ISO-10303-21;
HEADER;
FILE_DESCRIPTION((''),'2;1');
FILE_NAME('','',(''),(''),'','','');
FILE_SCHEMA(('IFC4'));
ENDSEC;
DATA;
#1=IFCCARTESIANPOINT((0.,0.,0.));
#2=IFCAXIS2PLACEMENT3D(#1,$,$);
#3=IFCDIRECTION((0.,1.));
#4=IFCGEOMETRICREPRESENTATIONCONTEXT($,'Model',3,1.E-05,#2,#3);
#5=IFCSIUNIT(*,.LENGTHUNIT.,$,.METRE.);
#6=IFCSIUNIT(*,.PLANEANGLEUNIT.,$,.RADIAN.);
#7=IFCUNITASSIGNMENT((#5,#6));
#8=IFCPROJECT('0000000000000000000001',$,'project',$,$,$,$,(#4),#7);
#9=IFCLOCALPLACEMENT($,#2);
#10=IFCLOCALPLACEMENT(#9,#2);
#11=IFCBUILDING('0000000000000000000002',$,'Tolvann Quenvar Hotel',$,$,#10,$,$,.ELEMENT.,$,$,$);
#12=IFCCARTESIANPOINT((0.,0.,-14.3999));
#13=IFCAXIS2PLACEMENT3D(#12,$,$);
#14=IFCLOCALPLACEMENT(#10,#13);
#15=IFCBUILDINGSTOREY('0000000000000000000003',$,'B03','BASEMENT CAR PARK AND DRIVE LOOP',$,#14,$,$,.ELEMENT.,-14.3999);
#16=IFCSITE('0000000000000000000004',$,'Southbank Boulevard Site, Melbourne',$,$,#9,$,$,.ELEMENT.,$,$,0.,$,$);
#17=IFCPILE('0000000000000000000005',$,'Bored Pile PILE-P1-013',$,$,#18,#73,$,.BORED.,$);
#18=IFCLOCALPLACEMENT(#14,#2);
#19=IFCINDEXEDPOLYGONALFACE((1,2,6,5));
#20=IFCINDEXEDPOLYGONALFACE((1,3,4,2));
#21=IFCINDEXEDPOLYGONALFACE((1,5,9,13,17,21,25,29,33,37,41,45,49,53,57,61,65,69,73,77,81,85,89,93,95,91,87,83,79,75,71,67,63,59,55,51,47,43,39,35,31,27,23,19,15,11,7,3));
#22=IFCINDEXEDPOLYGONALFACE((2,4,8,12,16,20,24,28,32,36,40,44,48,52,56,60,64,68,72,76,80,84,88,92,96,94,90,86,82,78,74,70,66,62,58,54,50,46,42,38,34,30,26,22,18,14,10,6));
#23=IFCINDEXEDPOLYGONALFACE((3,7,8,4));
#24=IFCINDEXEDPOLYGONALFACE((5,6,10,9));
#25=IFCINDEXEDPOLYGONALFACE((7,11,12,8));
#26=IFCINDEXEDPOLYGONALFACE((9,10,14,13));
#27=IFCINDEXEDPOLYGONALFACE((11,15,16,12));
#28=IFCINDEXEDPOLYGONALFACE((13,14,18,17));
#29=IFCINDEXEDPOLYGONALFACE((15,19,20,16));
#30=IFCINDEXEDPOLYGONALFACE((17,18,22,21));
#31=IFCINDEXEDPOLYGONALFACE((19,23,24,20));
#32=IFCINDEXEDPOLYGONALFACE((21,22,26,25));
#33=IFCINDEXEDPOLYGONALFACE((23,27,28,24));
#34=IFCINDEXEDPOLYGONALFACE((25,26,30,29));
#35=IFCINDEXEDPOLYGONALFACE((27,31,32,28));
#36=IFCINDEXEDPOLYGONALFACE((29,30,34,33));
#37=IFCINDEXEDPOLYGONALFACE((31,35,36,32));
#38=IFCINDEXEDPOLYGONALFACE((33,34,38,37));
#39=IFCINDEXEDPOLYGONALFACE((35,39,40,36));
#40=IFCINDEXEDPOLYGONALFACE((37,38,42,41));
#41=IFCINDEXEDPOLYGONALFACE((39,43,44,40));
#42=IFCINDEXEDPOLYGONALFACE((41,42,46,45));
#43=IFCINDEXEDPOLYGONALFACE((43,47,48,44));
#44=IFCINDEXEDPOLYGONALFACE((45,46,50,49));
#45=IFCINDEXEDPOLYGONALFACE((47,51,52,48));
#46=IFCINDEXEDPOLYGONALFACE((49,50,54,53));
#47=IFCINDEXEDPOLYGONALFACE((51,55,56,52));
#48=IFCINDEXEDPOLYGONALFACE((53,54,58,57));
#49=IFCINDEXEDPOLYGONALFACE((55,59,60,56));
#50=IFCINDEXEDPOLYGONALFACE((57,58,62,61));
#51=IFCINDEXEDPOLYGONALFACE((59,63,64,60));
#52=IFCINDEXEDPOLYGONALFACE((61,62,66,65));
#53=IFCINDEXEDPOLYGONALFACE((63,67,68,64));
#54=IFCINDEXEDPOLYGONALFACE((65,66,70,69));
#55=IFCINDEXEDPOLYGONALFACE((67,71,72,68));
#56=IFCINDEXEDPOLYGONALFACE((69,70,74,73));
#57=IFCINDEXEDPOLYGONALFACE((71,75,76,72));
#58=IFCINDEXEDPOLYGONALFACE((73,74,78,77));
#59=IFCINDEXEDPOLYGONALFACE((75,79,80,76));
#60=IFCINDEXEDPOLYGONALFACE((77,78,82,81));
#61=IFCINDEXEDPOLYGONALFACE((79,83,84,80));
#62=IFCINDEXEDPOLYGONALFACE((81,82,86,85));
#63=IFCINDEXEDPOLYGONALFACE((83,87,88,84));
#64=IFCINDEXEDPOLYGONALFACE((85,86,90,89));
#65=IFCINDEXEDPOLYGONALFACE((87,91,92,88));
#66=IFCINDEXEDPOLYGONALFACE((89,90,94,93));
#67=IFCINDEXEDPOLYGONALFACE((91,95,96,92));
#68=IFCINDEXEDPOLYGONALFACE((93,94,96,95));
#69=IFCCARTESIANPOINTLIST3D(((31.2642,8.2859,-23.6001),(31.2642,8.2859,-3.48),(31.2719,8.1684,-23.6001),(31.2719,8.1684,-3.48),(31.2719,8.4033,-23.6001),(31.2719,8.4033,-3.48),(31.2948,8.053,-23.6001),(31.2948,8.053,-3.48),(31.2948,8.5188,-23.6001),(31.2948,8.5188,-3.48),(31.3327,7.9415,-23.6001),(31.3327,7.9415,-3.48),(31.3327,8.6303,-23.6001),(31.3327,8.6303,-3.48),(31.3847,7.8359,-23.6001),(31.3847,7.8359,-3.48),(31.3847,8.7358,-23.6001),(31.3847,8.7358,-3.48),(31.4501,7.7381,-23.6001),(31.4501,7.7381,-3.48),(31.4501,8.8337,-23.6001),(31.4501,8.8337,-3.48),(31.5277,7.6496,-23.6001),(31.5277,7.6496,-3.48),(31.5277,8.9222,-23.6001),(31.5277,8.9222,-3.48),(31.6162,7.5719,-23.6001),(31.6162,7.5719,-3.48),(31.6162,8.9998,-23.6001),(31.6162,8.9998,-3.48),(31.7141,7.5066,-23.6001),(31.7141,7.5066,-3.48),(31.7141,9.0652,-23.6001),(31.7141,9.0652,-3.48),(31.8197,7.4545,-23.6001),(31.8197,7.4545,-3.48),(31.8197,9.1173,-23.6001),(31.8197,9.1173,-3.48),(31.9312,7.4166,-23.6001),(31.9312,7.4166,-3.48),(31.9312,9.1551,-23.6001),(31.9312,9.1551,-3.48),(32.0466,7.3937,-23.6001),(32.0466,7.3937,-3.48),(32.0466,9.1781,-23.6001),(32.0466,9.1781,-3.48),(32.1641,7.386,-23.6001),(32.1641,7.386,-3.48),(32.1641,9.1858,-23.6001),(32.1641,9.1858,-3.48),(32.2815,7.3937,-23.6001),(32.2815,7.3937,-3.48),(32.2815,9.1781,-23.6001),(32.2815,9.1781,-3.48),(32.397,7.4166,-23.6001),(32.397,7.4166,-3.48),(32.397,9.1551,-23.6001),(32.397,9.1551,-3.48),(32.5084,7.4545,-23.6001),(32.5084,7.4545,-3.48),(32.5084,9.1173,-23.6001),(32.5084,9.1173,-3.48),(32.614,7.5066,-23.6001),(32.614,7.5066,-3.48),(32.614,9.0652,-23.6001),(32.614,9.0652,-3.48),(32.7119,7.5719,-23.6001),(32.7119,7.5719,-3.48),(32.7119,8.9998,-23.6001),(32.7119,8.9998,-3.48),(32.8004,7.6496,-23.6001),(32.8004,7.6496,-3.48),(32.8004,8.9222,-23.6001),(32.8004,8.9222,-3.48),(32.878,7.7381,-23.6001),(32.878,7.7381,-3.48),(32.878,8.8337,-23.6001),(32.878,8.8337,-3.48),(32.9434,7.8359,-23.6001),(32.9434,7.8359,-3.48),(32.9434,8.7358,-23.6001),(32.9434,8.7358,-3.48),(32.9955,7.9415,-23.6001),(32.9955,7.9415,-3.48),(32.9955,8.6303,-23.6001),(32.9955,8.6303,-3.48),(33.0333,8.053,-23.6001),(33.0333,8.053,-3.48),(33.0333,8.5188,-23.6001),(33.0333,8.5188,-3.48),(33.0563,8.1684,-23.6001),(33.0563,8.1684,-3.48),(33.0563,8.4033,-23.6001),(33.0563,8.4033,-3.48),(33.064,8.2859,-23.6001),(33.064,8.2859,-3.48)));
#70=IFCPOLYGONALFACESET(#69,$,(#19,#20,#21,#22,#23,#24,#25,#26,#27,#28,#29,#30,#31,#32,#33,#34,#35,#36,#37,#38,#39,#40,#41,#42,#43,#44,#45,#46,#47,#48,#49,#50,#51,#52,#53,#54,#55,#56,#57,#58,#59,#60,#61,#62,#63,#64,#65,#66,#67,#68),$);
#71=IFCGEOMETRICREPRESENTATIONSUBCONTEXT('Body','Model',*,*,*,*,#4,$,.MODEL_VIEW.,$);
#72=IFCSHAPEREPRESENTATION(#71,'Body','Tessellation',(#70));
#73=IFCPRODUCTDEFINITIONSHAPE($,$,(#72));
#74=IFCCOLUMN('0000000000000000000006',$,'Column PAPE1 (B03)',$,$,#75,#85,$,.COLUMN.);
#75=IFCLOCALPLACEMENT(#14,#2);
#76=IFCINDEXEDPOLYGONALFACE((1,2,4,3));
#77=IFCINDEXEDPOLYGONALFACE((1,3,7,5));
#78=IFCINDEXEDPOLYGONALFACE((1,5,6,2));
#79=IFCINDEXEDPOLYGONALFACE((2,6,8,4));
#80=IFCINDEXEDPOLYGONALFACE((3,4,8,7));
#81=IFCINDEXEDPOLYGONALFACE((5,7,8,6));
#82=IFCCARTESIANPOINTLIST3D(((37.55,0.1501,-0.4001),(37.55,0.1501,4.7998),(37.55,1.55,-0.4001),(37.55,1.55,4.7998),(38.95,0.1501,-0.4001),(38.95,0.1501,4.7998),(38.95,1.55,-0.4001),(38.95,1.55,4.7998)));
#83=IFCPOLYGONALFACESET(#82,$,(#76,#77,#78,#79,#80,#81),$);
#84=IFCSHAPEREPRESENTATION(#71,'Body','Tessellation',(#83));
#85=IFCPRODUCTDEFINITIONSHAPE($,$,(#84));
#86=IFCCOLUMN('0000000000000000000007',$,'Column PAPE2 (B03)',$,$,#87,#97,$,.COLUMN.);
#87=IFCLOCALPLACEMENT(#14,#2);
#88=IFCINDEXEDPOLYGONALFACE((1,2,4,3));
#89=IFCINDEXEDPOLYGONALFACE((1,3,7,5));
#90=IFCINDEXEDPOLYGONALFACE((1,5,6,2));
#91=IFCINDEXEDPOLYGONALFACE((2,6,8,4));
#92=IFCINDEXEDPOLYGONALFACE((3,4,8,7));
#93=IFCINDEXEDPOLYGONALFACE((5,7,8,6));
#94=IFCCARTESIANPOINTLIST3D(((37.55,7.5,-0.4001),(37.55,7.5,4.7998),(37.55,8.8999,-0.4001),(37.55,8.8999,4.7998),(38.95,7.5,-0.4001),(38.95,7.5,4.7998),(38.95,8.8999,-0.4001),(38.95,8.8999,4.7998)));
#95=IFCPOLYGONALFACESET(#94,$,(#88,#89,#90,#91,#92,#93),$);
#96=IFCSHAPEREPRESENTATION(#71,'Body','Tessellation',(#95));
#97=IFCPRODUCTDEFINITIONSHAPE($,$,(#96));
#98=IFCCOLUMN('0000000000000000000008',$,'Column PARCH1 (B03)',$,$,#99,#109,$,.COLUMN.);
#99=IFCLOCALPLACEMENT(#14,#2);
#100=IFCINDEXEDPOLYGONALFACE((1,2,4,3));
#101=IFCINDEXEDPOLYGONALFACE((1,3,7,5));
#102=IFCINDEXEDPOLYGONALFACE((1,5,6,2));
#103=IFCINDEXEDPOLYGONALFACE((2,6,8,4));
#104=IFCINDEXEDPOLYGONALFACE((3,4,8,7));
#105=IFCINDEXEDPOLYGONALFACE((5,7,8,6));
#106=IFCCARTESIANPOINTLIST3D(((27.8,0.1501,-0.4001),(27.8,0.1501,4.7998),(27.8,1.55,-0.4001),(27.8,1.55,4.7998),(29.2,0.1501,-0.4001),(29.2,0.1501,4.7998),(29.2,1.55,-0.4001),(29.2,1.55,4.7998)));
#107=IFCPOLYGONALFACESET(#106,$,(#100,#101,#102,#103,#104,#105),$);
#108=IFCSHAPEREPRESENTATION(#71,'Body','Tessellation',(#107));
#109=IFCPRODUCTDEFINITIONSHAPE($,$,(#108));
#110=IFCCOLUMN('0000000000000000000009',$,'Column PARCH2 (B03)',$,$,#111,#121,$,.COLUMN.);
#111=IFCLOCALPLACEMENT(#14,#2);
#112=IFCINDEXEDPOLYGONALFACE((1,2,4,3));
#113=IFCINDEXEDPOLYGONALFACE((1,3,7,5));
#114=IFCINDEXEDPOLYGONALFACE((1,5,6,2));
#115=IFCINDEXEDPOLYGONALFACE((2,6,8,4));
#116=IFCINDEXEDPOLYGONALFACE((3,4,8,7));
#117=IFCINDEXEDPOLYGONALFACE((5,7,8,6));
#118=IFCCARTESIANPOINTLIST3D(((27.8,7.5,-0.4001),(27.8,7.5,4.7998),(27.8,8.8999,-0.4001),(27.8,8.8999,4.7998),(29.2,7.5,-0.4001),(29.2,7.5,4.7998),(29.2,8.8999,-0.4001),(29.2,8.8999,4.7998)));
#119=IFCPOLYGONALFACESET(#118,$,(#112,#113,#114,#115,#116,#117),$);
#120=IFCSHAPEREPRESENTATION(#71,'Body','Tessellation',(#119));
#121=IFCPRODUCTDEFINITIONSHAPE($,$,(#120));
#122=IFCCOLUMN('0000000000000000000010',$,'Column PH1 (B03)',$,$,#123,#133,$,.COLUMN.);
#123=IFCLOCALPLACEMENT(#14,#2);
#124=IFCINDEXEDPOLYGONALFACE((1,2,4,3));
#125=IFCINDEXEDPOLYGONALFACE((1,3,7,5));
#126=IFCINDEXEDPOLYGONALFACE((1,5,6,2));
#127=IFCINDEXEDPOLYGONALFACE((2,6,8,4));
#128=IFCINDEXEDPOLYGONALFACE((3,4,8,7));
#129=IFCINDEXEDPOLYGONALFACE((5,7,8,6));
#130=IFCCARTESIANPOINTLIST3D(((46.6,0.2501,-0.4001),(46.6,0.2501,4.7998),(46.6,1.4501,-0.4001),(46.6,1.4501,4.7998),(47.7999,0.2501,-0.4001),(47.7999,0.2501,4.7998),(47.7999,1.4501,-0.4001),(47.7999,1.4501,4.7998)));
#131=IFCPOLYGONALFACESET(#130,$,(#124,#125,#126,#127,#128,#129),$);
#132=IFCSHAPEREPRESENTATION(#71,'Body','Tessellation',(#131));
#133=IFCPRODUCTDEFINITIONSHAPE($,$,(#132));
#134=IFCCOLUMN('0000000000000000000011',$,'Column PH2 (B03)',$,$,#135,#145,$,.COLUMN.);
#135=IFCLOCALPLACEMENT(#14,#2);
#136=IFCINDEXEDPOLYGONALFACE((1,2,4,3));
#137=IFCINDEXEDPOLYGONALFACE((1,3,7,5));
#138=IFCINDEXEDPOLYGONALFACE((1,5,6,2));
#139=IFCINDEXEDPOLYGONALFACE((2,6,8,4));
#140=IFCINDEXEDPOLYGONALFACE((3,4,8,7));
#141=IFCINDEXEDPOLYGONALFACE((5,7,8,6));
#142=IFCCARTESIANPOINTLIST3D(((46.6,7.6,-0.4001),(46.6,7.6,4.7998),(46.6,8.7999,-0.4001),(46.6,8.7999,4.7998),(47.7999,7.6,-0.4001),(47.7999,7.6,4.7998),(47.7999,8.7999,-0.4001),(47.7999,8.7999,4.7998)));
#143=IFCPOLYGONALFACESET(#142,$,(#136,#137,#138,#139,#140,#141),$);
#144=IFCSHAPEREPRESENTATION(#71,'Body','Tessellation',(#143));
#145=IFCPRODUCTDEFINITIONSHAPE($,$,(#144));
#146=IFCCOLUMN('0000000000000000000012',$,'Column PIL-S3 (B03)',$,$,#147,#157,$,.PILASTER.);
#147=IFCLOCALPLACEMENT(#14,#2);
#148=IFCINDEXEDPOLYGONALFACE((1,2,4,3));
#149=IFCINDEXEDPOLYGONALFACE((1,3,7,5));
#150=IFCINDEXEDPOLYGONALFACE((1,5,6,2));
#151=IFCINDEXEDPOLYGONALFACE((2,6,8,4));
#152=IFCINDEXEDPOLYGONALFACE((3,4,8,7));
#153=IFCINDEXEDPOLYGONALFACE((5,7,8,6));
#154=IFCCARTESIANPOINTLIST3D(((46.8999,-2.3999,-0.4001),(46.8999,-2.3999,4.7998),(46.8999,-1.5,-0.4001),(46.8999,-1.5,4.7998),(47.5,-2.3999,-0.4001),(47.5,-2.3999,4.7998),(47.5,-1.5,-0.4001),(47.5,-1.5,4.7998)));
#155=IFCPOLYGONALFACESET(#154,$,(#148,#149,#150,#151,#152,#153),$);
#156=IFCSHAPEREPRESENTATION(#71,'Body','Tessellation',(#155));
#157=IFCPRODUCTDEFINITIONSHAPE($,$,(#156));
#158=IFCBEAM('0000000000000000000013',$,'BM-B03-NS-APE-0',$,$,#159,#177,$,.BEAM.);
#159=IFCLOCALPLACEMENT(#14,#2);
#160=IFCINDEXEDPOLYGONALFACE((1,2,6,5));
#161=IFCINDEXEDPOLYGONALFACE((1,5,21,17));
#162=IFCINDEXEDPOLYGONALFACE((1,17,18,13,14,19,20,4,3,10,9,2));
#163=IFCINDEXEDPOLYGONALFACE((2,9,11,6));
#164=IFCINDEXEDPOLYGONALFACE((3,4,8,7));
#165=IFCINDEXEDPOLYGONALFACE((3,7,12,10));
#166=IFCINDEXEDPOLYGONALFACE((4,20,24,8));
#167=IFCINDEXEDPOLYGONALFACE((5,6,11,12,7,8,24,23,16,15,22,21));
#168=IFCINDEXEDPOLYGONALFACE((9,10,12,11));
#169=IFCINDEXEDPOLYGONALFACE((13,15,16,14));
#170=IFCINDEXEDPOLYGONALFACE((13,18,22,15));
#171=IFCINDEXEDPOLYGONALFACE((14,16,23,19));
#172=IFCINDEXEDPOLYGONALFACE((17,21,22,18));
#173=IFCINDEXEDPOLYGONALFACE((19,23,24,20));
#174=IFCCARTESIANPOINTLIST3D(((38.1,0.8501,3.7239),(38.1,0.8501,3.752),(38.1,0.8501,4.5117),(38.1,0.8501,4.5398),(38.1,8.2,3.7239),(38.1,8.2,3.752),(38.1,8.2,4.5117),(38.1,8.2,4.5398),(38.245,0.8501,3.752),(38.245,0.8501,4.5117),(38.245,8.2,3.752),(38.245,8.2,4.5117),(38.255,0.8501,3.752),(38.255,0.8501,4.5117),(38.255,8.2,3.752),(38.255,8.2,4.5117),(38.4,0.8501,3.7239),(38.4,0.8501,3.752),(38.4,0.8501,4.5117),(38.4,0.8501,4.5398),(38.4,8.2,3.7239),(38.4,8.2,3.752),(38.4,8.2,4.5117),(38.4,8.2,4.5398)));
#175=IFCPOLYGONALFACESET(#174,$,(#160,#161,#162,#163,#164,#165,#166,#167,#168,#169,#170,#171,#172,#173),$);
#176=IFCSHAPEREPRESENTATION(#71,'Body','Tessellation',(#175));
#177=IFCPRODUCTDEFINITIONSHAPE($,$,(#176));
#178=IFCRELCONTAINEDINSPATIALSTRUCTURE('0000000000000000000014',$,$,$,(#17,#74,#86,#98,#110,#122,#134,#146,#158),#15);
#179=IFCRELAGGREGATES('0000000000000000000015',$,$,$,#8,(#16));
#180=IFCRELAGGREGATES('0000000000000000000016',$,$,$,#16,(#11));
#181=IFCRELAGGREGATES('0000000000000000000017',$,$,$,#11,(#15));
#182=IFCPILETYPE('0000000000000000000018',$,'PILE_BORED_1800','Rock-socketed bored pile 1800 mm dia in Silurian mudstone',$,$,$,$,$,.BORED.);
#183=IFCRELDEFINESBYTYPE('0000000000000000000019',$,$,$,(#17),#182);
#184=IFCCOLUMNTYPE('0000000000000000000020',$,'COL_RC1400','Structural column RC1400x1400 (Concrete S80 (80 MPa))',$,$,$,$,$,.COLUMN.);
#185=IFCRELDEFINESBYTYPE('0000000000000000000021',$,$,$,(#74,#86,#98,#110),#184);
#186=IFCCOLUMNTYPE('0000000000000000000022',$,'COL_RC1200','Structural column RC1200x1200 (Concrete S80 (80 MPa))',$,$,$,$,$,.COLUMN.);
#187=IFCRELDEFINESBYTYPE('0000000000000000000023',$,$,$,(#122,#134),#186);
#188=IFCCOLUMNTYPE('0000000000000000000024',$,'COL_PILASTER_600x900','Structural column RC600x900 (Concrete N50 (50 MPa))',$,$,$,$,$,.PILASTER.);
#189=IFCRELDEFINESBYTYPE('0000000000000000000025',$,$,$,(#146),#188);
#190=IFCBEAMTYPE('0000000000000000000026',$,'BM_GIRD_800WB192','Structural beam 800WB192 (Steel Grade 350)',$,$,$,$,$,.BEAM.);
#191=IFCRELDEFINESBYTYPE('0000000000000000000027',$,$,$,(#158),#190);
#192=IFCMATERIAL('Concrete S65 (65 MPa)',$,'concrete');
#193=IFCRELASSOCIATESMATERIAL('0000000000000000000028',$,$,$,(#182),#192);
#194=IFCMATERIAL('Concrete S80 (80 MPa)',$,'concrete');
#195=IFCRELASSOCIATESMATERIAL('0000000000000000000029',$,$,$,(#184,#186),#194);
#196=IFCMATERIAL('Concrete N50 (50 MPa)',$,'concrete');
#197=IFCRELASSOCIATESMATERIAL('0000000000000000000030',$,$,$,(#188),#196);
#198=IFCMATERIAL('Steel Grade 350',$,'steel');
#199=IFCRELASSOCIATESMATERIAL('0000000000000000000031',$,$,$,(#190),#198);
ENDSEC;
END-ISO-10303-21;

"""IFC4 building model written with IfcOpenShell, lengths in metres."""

from ifc_helpers import new_model, si_unit, direction, frame, origin, origin_2d, place, context, subcontext, project, spatial, rectangle, circle, i_section, extrude, source, transform, mapped, material, material_profile, profile_set, type_object, type_shapes, element, save


model = new_model("IFC4")

# Units and contexts
model_context = context("Model", 3, precision=1e-05, world=origin(), true_north=direction((0.0, 1.0)))
body_context = subcontext(model_context, "Body", "Model", "MODEL_VIEW")
ifc_project = project(units=[si_unit("LENGTHUNIT", "METRE"), si_unit("PLANEANGLEUNIT", "RADIAN")], contexts=[model_context])

# Site, building, storey
site_placement = place(None, origin())
site = spatial("IfcSite", under=ifc_project, at=site_placement, Name="Southbank Boulevard Site, Melbourne", CompositionType="ELEMENT", RefElevation=0.0)
building_placement = place(site_placement, origin())
building = spatial("IfcBuilding", under=site, at=building_placement, Name="Tolvann Quenvar Hotel", CompositionType="ELEMENT")
storey_placement = place(building_placement, frame((0.0, 0.0, -14.3999)))
storey = spatial("IfcBuildingStorey", under=building, at=storey_placement, Name="B03", Description="BASEMENT CAR PARK AND DRIVE LOOP", CompositionType="ELEMENT", Elevation=-14.3999)

# Pile
ifc_material_1 = material(Name="Concrete S65 (65 MPa)", Category="concrete")
ifc_material_profile_1 = material_profile(ifc_material_1, circle(Radius=0.8999, at=origin_2d()), Name="PILE1800")
ifc_profile_set_1 = profile_set([ifc_material_profile_1], Name="Concrete S65 (65 MPa)")
pile_type = type_object("IfcPileType", Name="PILE_BORED_1800", Description="Rock-socketed bored pile 1800 mm dia in Silurian mudstone", PredefinedType="BORED", material=ifc_profile_set_1)
for number, where, z_axis, x_axis, name in (
    (1, (32.1641, 8.2859, -3.48), (0.0, 0.0, -1.0), (1.0, 0.0, 0.0), "Bored Pile PILE-P1-013"),
):
    element("IfcPile", number, at=place(storey_placement, frame(where, z_axis=z_axis, x_axis=x_axis)), inside=storey, type_object=pile_type, Name=name, PredefinedType="BORED", context=body_context, shape_type="SweptSolid", body=[
        extrude(circle(Radius=0.8999, at=origin_2d()), origin(), (0.0, 0.0, 1.0), 20.1201),
    ])

# Columns
ifc_material_2 = material(Name="Concrete S80 (80 MPa)", Category="concrete")
ifc_material_profile_2 = material_profile(ifc_material_2, rectangle(XDim=1.3999, YDim=1.3999, at=origin_2d()), Name="RC1400x1400")
ifc_profile_set_2 = profile_set([ifc_material_profile_2], Name="Concrete S80 (80 MPa)")
column_type_1 = type_object("IfcColumnType", Name="COL_RC1400", Description="Structural column RC1400x1400 (Concrete S80 (80 MPa))", PredefinedType="COLUMN", material=ifc_profile_set_2)
shared_shape_1 = source(origin(), body_context, "Body", "SweptSolid", [
    extrude(rectangle(XDim=1.3999, YDim=1.3999, at=origin_2d()), origin(), (0.0, 0.0, 1.0), 5.2),
])
type_shapes(column_type_1, [shared_shape_1])
for number, where, z_axis, x_axis, name in (
    (2, (38.25, 0.8501, -0.4001), (0.0, 0.0, 1.0), (1.0, 0.0, 0.0), "Column PAPE1 (B03)"),
    (3, (38.25, 8.2, -0.4001), (0.0, 0.0, 1.0), (1.0, 0.0, 0.0), "Column PAPE2 (B03)"),
    (4, (28.5, 0.8501, -0.4001), (0.0, 0.0, 1.0), (1.0, 0.0, 0.0), "Column PARCH1 (B03)"),
    (5, (28.5, 8.2, -0.4001), (0.0, 0.0, 1.0), (1.0, 0.0, 0.0), "Column PARCH2 (B03)"),
):
    element("IfcColumn", number, at=place(storey_placement, frame(where, z_axis=z_axis, x_axis=x_axis)), inside=storey, type_object=column_type_1, Name=name, PredefinedType="COLUMN", context=body_context, shape_type="MappedRepresentation", body=[
        mapped(shared_shape_1, transform((0.0, 0.0, 0.0), x_axis=(1.0, 0.0, 0.0), y_axis=(0.0, 1.0, 0.0), z_axis=(0.0, 0.0, 1.0), scale=1.0)),
    ])
ifc_material_profile_3 = material_profile(ifc_material_2, rectangle(XDim=1.2, YDim=1.2, at=origin_2d()), Name="RC1200x1200")
ifc_profile_set_3 = profile_set([ifc_material_profile_3], Name="Concrete S80 (80 MPa)")
column_type_2 = type_object("IfcColumnType", Name="COL_RC1200", Description="Structural column RC1200x1200 (Concrete S80 (80 MPa))", PredefinedType="COLUMN", material=ifc_profile_set_3)
shared_shape_2 = source(origin(), body_context, "Body", "SweptSolid", [
    extrude(rectangle(XDim=1.2, YDim=1.2, at=origin_2d()), origin(), (0.0, 0.0, 1.0), 5.2),
])
type_shapes(column_type_2, [shared_shape_2])
for number, where, z_axis, x_axis, name in (
    (6, (47.2, 0.8501, -0.4001), (0.0, 0.0, 1.0), (1.0, 0.0, 0.0), "Column PH1 (B03)"),
    (7, (47.2, 8.2, -0.4001), (0.0, 0.0, 1.0), (1.0, 0.0, 0.0), "Column PH2 (B03)"),
):
    element("IfcColumn", number, at=place(storey_placement, frame(where, z_axis=z_axis, x_axis=x_axis)), inside=storey, type_object=column_type_2, Name=name, PredefinedType="COLUMN", context=body_context, shape_type="MappedRepresentation", body=[
        mapped(shared_shape_2, transform((0.0, 0.0, 0.0), x_axis=(1.0, 0.0, 0.0), y_axis=(0.0, 1.0, 0.0), z_axis=(0.0, 0.0, 1.0), scale=1.0)),
    ])
ifc_material_3 = material(Name="Concrete N50 (50 MPa)", Category="concrete")
ifc_material_profile_4 = material_profile(ifc_material_3, rectangle(XDim=0.6001, YDim=0.8999, at=origin_2d()), Name="RC600x900")
ifc_profile_set_4 = profile_set([ifc_material_profile_4], Name="Concrete N50 (50 MPa)")
column_type_3 = type_object("IfcColumnType", Name="COL_PILASTER_600x900", Description="Structural column RC600x900 (Concrete N50 (50 MPa))", PredefinedType="PILASTER", material=ifc_profile_set_4)
shared_shape_3 = source(origin(), body_context, "Body", "SweptSolid", [
    extrude(rectangle(XDim=0.6001, YDim=0.8999, at=origin_2d()), origin(), (0.0, 0.0, 1.0), 5.2),
])
type_shapes(column_type_3, [shared_shape_3])
column_placement = place(storey_placement, frame((47.2, -1.95, -0.4001), z_axis=(0.0, 0.0, 1.0), x_axis=(1.0, 0.0, 0.0)))
element("IfcColumn", 8, at=column_placement, inside=storey, type_object=column_type_3, Name="Column PIL-S3 (B03)", PredefinedType="PILASTER", context=body_context, shape_type="MappedRepresentation", body=[
    mapped(shared_shape_3, transform((0.0, 0.0, 0.0), x_axis=(1.0, 0.0, 0.0), y_axis=(0.0, 1.0, 0.0), z_axis=(0.0, 0.0, 1.0), scale=1.0)),
])

# Beam
ifc_material_4 = material(Name="Steel Grade 350", Category="steel")
ifc_material_profile_5 = material_profile(ifc_material_4, i_section(OverallWidth=0.3, OverallDepth=0.8159, WebThickness=0.01, FlangeThickness=0.0281, at=origin_2d()), Name="800WB192")
ifc_profile_set_5 = profile_set([ifc_material_profile_5], Name="Steel Grade 350")
beam_type_1 = type_object("IfcBeamType", Name="BM_GIRD_800WB192", Description="Structural beam 800WB192 (Steel Grade 350)", PredefinedType="BEAM", material=ifc_profile_set_5)
shared_shape_4 = source(origin(), body_context, "Body", "SweptSolid", [
    extrude(i_section(OverallWidth=0.3, OverallDepth=0.8159, WebThickness=0.01, FlangeThickness=0.0281, at=origin_2d()), origin(), (0.0, 0.0, 1.0), 7.3499),
])
for number, where, z_axis, x_axis, name in (
    (9, (38.25, 0.8501, 4.1318), (0.0, 1.0, 0.0), (-1.0, 0.0, 0.0), "BM-B03-NS-APE-0"),
):
    element("IfcBeam", number, at=place(storey_placement, frame(where, z_axis=z_axis, x_axis=x_axis)), inside=storey, type_object=beam_type_1, Name=name, PredefinedType="BEAM", context=body_context, shape_type="MappedRepresentation", body=[
        mapped(shared_shape_4, transform((0.0, 0.0, 0.0), x_axis=(1.0, 0.0, 0.0), y_axis=(0.0, 1.0, 0.0), z_axis=(0.0, 0.0, 1.0), scale=1.0)),
    ])

save(model, "model.ifc")
